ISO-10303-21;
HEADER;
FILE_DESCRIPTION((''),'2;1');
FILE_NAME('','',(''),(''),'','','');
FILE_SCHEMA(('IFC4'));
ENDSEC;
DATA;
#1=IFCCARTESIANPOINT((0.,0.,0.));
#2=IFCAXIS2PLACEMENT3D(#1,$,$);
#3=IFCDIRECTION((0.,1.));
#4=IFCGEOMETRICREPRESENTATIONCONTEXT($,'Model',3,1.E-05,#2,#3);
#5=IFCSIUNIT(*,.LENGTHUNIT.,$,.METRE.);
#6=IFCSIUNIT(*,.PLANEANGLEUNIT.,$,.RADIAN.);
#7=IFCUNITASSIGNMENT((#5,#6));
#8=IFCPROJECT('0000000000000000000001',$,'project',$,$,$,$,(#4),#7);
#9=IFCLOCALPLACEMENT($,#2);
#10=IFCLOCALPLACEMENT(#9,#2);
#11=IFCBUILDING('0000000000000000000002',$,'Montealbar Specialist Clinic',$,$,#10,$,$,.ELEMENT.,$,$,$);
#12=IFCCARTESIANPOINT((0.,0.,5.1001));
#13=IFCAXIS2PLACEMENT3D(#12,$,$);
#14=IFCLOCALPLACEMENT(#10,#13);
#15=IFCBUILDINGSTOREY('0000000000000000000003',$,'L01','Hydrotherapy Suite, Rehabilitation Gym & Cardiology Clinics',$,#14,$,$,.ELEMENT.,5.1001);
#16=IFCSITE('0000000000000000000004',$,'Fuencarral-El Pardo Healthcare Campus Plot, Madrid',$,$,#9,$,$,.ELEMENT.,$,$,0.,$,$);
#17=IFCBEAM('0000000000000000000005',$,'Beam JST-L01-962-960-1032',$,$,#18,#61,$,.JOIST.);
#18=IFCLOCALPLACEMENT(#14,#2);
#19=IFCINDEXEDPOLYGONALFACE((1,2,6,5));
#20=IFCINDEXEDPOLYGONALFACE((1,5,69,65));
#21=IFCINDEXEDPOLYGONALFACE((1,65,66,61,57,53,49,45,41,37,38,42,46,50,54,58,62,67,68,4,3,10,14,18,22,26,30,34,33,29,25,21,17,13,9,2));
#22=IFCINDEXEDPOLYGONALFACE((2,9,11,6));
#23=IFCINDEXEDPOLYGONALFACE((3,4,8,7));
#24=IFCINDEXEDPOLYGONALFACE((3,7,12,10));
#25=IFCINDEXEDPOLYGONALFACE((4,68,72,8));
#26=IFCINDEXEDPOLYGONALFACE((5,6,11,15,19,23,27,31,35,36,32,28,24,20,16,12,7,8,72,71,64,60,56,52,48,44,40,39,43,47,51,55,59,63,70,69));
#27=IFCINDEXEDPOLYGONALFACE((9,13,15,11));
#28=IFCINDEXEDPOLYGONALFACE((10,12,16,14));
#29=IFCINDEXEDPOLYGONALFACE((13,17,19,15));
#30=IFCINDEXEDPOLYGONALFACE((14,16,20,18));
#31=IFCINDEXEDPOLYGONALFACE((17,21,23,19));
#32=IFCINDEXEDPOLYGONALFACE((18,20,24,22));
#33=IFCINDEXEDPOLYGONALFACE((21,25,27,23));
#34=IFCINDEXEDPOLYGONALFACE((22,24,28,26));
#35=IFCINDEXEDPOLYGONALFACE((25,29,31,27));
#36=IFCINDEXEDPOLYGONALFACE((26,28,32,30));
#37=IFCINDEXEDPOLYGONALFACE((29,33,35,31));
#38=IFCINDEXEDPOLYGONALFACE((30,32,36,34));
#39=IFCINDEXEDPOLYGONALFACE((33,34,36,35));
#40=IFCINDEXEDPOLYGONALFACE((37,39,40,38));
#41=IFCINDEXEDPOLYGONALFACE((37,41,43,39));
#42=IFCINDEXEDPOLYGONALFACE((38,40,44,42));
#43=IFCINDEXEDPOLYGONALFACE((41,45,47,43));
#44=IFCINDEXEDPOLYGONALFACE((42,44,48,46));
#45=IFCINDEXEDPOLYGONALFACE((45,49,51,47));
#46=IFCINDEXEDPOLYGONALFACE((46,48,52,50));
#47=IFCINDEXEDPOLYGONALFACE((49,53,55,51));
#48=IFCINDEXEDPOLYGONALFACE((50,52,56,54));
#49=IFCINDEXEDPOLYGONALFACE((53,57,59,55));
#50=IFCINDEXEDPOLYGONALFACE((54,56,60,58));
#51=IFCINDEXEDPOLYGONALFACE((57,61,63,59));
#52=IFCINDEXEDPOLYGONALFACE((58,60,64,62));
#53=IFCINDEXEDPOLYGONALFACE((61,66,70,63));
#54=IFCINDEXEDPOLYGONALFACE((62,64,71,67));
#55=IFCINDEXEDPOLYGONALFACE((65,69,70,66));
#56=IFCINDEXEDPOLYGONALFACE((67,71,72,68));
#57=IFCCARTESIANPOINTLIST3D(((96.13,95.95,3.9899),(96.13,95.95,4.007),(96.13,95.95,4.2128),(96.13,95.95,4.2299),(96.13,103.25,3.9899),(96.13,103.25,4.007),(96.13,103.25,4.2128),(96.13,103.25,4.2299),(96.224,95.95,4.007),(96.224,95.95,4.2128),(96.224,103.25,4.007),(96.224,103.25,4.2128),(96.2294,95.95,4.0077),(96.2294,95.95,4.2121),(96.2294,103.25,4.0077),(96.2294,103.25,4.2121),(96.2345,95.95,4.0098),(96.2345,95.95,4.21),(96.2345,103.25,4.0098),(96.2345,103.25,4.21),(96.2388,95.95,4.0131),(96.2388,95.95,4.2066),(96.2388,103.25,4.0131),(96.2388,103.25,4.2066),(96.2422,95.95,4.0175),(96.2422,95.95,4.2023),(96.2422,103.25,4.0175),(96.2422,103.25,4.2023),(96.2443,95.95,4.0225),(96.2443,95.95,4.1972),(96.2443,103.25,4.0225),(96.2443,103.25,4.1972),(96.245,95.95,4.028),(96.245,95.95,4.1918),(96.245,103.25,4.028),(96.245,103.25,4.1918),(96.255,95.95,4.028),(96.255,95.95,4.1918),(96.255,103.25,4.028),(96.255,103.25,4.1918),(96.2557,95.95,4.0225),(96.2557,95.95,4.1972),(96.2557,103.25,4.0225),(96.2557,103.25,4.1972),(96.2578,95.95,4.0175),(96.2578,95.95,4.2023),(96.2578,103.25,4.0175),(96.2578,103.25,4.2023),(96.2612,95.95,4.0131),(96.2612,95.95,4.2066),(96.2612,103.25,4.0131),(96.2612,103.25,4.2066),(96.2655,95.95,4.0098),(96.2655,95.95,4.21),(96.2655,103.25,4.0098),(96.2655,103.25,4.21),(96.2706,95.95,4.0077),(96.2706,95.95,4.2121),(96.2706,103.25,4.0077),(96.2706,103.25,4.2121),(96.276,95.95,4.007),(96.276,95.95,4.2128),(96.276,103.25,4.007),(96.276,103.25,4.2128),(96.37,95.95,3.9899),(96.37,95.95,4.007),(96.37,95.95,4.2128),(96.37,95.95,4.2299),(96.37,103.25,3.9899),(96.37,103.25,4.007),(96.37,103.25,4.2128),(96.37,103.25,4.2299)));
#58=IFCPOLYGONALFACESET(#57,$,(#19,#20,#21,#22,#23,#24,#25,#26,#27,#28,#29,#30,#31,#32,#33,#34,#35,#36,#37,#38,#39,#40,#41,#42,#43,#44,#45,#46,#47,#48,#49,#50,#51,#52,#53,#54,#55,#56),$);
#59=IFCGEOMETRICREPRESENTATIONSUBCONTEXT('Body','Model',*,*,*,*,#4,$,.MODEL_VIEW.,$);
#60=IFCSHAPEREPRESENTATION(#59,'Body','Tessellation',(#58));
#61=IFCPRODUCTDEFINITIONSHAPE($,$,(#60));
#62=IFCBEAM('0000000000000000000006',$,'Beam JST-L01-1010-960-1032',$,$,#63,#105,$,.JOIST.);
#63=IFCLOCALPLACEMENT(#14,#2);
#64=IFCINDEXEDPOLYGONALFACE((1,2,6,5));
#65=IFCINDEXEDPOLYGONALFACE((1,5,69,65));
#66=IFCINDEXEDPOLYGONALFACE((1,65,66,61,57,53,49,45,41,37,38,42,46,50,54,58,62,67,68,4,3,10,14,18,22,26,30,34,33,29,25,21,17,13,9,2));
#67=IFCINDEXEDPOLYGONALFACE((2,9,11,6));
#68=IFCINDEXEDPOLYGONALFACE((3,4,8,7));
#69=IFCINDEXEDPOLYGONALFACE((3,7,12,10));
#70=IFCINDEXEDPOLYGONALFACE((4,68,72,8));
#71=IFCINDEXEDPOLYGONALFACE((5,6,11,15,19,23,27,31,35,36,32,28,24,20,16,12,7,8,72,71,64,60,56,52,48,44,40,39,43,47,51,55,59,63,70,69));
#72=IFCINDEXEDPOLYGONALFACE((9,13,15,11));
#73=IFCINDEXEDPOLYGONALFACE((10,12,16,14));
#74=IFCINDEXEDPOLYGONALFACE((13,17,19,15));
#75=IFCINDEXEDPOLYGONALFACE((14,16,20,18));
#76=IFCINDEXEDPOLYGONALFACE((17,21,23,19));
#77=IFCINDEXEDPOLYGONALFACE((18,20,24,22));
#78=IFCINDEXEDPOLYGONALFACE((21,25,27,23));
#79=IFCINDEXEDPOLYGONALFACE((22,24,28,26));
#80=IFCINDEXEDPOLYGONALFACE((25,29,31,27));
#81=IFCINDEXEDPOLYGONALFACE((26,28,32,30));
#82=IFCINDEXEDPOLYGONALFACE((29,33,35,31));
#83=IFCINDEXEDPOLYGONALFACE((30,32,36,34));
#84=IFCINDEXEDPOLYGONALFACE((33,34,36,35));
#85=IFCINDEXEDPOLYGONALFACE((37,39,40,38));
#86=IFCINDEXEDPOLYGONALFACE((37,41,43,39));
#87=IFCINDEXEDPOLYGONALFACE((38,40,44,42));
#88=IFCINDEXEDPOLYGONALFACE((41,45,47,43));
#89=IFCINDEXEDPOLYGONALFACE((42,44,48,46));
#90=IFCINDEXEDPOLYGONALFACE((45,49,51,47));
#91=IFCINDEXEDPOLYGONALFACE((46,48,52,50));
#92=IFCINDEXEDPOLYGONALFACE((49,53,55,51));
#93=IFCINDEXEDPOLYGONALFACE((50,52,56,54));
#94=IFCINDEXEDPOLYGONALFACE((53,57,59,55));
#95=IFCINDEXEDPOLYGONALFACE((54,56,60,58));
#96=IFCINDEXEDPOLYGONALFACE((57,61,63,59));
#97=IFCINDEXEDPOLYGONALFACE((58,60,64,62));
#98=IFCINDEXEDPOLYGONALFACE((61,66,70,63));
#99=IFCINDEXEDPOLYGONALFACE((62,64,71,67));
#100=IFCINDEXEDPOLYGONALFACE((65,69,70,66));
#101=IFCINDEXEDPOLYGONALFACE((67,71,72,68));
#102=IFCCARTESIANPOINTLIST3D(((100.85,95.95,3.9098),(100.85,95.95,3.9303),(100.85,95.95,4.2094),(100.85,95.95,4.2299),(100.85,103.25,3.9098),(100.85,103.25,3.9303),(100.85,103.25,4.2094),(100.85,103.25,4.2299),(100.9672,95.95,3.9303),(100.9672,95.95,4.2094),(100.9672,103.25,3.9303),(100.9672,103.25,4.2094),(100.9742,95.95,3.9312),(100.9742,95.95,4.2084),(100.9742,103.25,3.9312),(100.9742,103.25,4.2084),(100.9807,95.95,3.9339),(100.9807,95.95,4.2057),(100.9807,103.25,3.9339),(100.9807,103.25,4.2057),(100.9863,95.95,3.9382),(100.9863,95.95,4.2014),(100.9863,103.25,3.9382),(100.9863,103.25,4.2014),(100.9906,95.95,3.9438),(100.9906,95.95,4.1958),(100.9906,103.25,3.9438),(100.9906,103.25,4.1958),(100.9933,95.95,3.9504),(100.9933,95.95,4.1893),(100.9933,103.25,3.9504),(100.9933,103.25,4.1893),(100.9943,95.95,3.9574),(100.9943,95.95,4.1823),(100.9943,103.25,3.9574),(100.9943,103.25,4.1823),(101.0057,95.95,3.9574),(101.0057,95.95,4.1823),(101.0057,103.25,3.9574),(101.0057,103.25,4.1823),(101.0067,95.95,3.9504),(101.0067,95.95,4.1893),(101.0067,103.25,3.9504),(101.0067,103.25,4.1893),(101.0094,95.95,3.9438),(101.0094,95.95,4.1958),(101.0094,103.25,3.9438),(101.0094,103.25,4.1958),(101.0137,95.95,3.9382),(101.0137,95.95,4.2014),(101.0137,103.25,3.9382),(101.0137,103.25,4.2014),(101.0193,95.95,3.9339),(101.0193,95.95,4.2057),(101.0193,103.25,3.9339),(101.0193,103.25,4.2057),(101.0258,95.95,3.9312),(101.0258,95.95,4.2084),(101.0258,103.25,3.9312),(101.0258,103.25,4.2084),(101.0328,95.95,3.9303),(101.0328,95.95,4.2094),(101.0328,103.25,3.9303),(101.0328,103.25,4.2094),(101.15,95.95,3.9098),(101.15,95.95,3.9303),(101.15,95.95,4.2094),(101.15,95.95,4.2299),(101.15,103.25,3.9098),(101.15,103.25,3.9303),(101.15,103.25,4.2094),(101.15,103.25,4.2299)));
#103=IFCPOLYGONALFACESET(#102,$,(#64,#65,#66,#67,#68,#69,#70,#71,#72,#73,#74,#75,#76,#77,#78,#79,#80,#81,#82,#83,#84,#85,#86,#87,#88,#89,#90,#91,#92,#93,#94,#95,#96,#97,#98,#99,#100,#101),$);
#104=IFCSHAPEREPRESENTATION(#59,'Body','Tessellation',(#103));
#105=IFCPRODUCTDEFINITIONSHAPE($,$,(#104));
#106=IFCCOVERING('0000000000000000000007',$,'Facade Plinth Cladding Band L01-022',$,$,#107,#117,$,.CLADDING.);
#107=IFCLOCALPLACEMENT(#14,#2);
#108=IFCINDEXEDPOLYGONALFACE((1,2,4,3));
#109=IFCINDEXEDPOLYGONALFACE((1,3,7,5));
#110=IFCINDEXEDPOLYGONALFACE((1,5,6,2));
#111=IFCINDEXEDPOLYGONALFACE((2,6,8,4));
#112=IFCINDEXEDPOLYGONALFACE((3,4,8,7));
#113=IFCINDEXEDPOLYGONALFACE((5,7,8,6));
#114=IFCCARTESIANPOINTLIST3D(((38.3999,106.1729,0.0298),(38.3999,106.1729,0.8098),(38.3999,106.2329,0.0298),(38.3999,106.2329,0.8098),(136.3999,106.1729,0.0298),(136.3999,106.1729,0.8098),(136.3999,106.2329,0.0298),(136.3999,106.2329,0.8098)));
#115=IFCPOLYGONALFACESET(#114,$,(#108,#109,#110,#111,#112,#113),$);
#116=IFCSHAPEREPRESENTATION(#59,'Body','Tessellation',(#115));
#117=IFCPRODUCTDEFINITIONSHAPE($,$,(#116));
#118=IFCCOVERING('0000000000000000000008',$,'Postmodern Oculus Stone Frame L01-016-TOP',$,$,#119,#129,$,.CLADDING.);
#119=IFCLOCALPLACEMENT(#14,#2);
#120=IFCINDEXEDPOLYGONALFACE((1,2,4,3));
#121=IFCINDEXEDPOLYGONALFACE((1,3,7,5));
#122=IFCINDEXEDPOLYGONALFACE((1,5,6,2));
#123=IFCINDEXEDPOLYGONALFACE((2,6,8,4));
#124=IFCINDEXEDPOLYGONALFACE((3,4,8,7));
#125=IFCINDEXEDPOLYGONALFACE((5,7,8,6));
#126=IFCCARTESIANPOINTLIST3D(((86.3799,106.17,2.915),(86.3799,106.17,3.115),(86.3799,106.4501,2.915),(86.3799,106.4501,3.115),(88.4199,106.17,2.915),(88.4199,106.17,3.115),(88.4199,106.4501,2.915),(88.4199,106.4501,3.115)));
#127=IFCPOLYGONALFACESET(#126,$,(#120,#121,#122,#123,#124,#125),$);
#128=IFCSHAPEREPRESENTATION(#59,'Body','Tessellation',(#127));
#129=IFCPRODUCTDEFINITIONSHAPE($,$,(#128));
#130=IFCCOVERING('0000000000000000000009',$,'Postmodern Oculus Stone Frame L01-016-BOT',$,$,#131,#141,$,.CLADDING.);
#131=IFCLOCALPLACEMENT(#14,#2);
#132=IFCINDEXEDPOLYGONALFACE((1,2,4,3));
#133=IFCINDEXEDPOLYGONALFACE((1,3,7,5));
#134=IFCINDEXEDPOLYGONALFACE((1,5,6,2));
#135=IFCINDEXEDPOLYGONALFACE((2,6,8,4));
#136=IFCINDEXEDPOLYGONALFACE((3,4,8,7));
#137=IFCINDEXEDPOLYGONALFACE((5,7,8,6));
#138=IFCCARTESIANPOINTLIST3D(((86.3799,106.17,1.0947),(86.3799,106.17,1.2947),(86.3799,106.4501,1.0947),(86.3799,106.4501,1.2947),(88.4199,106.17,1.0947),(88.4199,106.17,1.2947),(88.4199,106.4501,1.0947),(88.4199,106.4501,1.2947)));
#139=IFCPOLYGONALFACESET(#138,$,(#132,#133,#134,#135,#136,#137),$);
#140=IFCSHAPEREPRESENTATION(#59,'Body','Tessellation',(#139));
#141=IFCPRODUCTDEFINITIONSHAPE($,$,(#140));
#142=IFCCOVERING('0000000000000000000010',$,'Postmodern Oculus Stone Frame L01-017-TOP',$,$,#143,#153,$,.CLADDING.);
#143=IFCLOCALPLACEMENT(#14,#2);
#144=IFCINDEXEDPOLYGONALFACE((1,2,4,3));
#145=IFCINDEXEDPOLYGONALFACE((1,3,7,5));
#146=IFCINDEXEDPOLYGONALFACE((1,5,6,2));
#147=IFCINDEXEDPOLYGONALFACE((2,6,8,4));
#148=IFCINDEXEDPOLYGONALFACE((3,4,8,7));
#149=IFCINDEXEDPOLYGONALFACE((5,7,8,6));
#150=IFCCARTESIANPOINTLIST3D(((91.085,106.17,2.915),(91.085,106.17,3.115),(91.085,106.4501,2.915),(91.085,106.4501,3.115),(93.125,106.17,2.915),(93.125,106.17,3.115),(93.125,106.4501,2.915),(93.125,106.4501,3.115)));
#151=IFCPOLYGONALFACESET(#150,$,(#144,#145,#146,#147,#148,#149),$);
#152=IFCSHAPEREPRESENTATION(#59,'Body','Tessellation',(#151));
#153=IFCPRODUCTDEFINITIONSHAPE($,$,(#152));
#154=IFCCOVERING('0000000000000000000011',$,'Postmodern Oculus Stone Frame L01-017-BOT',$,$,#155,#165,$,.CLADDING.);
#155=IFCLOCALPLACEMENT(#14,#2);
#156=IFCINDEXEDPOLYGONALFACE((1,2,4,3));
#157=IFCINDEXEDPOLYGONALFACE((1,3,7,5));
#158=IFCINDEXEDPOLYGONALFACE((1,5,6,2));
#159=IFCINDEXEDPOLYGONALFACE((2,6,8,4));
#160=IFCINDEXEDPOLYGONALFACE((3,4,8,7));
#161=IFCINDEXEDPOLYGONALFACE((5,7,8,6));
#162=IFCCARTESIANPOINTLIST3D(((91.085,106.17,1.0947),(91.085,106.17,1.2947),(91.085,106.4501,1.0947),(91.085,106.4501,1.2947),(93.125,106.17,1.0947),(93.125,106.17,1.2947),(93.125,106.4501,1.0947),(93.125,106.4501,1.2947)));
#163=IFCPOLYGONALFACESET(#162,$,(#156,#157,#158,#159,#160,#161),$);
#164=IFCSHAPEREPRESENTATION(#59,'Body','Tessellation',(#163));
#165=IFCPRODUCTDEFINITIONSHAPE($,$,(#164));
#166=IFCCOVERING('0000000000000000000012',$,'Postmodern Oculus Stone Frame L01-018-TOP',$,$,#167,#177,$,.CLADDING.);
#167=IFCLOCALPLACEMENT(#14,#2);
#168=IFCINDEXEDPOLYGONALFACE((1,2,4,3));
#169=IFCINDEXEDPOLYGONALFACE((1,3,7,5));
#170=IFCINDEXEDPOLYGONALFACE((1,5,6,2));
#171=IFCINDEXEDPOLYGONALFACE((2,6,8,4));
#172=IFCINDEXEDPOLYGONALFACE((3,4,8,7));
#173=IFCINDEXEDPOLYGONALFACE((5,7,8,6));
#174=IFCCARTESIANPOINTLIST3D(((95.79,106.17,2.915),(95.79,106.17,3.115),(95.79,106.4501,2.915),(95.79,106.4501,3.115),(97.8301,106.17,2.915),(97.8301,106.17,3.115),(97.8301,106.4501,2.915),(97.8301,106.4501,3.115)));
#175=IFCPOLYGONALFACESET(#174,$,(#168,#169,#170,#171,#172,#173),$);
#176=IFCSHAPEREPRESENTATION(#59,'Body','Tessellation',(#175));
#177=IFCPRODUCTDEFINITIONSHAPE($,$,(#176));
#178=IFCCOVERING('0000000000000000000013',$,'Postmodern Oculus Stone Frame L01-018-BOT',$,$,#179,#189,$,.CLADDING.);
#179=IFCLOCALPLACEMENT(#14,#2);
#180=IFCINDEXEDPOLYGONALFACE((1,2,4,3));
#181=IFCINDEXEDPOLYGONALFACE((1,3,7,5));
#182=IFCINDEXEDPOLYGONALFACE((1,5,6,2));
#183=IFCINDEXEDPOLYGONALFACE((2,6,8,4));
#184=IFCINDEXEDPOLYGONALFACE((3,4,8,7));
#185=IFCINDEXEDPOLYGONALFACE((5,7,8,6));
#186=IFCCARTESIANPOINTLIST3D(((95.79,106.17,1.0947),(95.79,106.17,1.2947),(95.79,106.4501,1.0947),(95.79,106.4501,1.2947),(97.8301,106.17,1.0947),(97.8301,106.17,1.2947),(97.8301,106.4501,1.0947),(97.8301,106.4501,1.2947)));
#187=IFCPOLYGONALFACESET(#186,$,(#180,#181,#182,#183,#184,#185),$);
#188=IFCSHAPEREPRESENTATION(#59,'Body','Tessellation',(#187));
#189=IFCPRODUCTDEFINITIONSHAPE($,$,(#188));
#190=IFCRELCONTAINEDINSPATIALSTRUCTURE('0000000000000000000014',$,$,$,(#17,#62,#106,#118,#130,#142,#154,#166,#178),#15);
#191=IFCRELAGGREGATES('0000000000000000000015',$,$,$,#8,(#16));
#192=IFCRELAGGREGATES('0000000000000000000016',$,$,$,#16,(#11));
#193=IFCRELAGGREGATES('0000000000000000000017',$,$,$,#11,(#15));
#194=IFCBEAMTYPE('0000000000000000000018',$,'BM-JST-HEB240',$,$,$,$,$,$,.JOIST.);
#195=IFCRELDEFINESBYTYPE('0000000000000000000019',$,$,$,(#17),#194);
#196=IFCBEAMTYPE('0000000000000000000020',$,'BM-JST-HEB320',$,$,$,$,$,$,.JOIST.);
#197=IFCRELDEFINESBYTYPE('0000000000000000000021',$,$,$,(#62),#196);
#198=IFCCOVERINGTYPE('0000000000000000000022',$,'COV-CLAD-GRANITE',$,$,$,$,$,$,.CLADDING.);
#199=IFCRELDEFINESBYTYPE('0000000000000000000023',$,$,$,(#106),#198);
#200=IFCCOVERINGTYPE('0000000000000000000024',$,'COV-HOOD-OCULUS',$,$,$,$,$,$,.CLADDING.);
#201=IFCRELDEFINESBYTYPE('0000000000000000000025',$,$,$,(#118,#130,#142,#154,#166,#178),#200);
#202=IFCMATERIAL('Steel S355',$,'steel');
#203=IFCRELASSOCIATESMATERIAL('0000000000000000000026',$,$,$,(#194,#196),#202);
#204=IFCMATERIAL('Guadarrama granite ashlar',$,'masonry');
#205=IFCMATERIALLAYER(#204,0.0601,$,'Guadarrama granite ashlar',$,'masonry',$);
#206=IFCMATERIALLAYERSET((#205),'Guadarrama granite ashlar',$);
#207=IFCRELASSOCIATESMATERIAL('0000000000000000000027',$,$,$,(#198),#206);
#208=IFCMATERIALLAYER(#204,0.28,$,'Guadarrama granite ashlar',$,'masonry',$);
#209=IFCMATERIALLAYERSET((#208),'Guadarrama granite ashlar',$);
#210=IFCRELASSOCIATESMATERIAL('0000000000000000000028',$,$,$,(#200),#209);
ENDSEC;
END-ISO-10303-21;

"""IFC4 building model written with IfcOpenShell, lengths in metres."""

from ifc_helpers import new_model, si_unit, direction, frame, origin, origin_2d, place, context, subcontext, project, spatial, rectangle, i_section, extrude, material, layer, layer_set, material_profile, profile_set, type_object, element, save


model = new_model("IFC4")

# Units and contexts
model_context = context("Model", 3, precision=1e-05, world=origin(), true_north=direction((0.0, 1.0)))
body_context = subcontext(model_context, "Body", "Model", "MODEL_VIEW")
ifc_project = project(units=[si_unit("LENGTHUNIT", "METRE"), si_unit("PLANEANGLEUNIT", "RADIAN")], contexts=[model_context])

# Site, building, storey
site_placement = place(None, origin())
site = spatial("IfcSite", under=ifc_project, at=site_placement, Name="Fuencarral-El Pardo Healthcare Campus Plot, Madrid", CompositionType="ELEMENT", RefElevation=0.0)
building_placement = place(site_placement, origin())
building = spatial("IfcBuilding", under=site, at=building_placement, Name="Montealbar Specialist Clinic", CompositionType="ELEMENT")
storey_placement = place(building_placement, frame((0.0, 0.0, 5.1001)))
storey = spatial("IfcBuildingStorey", under=building, at=storey_placement, Name="L01", Description="Hydrotherapy Suite, Rehabilitation Gym & Cardiology Clinics", CompositionType="ELEMENT", Elevation=5.1001)

# Shared definitions
ifc_material_1 = material(Name="Steel S355", Category="steel")
ifc_material_2 = material(Name="Guadarrama granite ashlar", Category="masonry")

# Beams
ifc_material_profile_1 = material_profile(ifc_material_1, i_section(OverallWidth=0.24, OverallDepth=0.24, WebThickness=0.01, FlangeThickness=0.0171, FilletRadius=0.021, at=origin_2d()), Name="HEB 240", Category="steel")
ifc_profile_set_1 = profile_set([ifc_material_profile_1], Name="Steel S355")
beam_type_1 = type_object("IfcBeamType", Name="BM-JST-HEB240", PredefinedType="JOIST", material=ifc_profile_set_1)
beam_1_placement = place(storey_placement, frame((96.25, 95.95, 4.1099), z_axis=(0.0, 1.0, 0.0), x_axis=(-1.0, 0.0, 0.0)))
element("IfcBeam", 1, at=beam_1_placement, inside=storey, type_object=beam_type_1, Name="Beam JST-L01-962-960-1032", PredefinedType="JOIST", context=body_context, shape_type="SweptSolid", body=[
    extrude(i_section(OverallWidth=0.24, OverallDepth=0.24, WebThickness=0.01, FlangeThickness=0.0171, FilletRadius=0.021, at=origin_2d()), origin(), (0.0, 0.0, 1.0), 7.3),
])
ifc_material_profile_2 = material_profile(ifc_material_1, i_section(OverallWidth=0.3, OverallDepth=0.3201, WebThickness=0.0115, FlangeThickness=0.0205, FilletRadius=0.0271, at=origin_2d()), Name="HEB 320", Category="steel")
ifc_profile_set_2 = profile_set([ifc_material_profile_2], Name="Steel S355")
beam_type_2 = type_object("IfcBeamType", Name="BM-JST-HEB320", PredefinedType="JOIST", material=ifc_profile_set_2)
beam_2_placement = place(storey_placement, frame((101.0, 95.95, 4.0698), z_axis=(0.0, 1.0, 0.0), x_axis=(-1.0, 0.0, 0.0)))
element("IfcBeam", 2, at=beam_2_placement, inside=storey, type_object=beam_type_2, Name="Beam JST-L01-1010-960-1032", PredefinedType="JOIST", context=body_context, shape_type="SweptSolid", body=[
    extrude(i_section(OverallWidth=0.3, OverallDepth=0.3201, WebThickness=0.0115, FlangeThickness=0.0205, FilletRadius=0.0271, at=origin_2d()), origin(), (0.0, 0.0, 1.0), 7.3),
])

# Coverings
ifc_layer_1 = layer(ifc_material_2, 0.0601, Name="Guadarrama granite ashlar", Category="masonry")
ifc_layer_set_1 = layer_set([ifc_layer_1], Name="Guadarrama granite ashlar")
covering_type_1 = type_object("IfcCoveringType", Name="COV-CLAD-GRANITE", PredefinedType="CLADDING", material=ifc_layer_set_1)
covering_placement = place(storey_placement, frame((87.3999, 106.2029, 0.0298), z_axis=(0.0, 0.0, 1.0), x_axis=(1.0, 0.0, 0.0)))
element("IfcCovering", 3, at=covering_placement, inside=storey, type_object=covering_type_1, Name="Facade Plinth Cladding Band L01-022", PredefinedType="CLADDING", context=body_context, shape_type="SweptSolid", body=[
    extrude(rectangle(XDim=98.0, YDim=0.0601, at=origin_2d()), origin(), (0.0, 0.0, 1.0), 0.78),
])
ifc_layer_2 = layer(ifc_material_2, 0.28, Name="Guadarrama granite ashlar", Category="masonry")
ifc_layer_set_2 = layer_set([ifc_layer_2], Name="Guadarrama granite ashlar")
covering_type_2 = type_object("IfcCoveringType", Name="COV-HOOD-OCULUS", PredefinedType="CLADDING", material=ifc_layer_set_2)
for number, where, z_axis, x_axis, name in (
    (4, (87.3999, 106.3101, 2.915), (0.0, 0.0, 1.0), (1.0, 0.0, 0.0), "Postmodern Oculus Stone Frame L01-016-TOP"),
    (5, (87.3999, 106.3101, 1.0947), (0.0, 0.0, 1.0), (1.0, 0.0, 0.0), "Postmodern Oculus Stone Frame L01-016-BOT"),
    (6, (92.105, 106.3101, 2.915), (0.0, 0.0, 1.0), (1.0, 0.0, 0.0), "Postmodern Oculus Stone Frame L01-017-TOP"),
    (7, (92.105, 106.3101, 1.0947), (0.0, 0.0, 1.0), (1.0, 0.0, 0.0), "Postmodern Oculus Stone Frame L01-017-BOT"),
    (8, (96.8101, 106.3101, 2.915), (0.0, 0.0, 1.0), (1.0, 0.0, 0.0), "Postmodern Oculus Stone Frame L01-018-TOP"),
    (9, (96.8101, 106.3101, 1.0947), (0.0, 0.0, 1.0), (1.0, 0.0, 0.0), "Postmodern Oculus Stone Frame L01-018-BOT"),
):
    element("IfcCovering", number, at=place(storey_placement, frame(where, z_axis=z_axis, x_axis=x_axis)), inside=storey, type_object=covering_type_2, Name=name, PredefinedType="CLADDING", context=body_context, shape_type="SweptSolid", body=[
        extrude(rectangle(XDim=2.04, YDim=0.28, at=origin_2d()), origin(), (0.0, 0.0, 1.0), 0.2),
    ])

save(model, "model.ifc")
